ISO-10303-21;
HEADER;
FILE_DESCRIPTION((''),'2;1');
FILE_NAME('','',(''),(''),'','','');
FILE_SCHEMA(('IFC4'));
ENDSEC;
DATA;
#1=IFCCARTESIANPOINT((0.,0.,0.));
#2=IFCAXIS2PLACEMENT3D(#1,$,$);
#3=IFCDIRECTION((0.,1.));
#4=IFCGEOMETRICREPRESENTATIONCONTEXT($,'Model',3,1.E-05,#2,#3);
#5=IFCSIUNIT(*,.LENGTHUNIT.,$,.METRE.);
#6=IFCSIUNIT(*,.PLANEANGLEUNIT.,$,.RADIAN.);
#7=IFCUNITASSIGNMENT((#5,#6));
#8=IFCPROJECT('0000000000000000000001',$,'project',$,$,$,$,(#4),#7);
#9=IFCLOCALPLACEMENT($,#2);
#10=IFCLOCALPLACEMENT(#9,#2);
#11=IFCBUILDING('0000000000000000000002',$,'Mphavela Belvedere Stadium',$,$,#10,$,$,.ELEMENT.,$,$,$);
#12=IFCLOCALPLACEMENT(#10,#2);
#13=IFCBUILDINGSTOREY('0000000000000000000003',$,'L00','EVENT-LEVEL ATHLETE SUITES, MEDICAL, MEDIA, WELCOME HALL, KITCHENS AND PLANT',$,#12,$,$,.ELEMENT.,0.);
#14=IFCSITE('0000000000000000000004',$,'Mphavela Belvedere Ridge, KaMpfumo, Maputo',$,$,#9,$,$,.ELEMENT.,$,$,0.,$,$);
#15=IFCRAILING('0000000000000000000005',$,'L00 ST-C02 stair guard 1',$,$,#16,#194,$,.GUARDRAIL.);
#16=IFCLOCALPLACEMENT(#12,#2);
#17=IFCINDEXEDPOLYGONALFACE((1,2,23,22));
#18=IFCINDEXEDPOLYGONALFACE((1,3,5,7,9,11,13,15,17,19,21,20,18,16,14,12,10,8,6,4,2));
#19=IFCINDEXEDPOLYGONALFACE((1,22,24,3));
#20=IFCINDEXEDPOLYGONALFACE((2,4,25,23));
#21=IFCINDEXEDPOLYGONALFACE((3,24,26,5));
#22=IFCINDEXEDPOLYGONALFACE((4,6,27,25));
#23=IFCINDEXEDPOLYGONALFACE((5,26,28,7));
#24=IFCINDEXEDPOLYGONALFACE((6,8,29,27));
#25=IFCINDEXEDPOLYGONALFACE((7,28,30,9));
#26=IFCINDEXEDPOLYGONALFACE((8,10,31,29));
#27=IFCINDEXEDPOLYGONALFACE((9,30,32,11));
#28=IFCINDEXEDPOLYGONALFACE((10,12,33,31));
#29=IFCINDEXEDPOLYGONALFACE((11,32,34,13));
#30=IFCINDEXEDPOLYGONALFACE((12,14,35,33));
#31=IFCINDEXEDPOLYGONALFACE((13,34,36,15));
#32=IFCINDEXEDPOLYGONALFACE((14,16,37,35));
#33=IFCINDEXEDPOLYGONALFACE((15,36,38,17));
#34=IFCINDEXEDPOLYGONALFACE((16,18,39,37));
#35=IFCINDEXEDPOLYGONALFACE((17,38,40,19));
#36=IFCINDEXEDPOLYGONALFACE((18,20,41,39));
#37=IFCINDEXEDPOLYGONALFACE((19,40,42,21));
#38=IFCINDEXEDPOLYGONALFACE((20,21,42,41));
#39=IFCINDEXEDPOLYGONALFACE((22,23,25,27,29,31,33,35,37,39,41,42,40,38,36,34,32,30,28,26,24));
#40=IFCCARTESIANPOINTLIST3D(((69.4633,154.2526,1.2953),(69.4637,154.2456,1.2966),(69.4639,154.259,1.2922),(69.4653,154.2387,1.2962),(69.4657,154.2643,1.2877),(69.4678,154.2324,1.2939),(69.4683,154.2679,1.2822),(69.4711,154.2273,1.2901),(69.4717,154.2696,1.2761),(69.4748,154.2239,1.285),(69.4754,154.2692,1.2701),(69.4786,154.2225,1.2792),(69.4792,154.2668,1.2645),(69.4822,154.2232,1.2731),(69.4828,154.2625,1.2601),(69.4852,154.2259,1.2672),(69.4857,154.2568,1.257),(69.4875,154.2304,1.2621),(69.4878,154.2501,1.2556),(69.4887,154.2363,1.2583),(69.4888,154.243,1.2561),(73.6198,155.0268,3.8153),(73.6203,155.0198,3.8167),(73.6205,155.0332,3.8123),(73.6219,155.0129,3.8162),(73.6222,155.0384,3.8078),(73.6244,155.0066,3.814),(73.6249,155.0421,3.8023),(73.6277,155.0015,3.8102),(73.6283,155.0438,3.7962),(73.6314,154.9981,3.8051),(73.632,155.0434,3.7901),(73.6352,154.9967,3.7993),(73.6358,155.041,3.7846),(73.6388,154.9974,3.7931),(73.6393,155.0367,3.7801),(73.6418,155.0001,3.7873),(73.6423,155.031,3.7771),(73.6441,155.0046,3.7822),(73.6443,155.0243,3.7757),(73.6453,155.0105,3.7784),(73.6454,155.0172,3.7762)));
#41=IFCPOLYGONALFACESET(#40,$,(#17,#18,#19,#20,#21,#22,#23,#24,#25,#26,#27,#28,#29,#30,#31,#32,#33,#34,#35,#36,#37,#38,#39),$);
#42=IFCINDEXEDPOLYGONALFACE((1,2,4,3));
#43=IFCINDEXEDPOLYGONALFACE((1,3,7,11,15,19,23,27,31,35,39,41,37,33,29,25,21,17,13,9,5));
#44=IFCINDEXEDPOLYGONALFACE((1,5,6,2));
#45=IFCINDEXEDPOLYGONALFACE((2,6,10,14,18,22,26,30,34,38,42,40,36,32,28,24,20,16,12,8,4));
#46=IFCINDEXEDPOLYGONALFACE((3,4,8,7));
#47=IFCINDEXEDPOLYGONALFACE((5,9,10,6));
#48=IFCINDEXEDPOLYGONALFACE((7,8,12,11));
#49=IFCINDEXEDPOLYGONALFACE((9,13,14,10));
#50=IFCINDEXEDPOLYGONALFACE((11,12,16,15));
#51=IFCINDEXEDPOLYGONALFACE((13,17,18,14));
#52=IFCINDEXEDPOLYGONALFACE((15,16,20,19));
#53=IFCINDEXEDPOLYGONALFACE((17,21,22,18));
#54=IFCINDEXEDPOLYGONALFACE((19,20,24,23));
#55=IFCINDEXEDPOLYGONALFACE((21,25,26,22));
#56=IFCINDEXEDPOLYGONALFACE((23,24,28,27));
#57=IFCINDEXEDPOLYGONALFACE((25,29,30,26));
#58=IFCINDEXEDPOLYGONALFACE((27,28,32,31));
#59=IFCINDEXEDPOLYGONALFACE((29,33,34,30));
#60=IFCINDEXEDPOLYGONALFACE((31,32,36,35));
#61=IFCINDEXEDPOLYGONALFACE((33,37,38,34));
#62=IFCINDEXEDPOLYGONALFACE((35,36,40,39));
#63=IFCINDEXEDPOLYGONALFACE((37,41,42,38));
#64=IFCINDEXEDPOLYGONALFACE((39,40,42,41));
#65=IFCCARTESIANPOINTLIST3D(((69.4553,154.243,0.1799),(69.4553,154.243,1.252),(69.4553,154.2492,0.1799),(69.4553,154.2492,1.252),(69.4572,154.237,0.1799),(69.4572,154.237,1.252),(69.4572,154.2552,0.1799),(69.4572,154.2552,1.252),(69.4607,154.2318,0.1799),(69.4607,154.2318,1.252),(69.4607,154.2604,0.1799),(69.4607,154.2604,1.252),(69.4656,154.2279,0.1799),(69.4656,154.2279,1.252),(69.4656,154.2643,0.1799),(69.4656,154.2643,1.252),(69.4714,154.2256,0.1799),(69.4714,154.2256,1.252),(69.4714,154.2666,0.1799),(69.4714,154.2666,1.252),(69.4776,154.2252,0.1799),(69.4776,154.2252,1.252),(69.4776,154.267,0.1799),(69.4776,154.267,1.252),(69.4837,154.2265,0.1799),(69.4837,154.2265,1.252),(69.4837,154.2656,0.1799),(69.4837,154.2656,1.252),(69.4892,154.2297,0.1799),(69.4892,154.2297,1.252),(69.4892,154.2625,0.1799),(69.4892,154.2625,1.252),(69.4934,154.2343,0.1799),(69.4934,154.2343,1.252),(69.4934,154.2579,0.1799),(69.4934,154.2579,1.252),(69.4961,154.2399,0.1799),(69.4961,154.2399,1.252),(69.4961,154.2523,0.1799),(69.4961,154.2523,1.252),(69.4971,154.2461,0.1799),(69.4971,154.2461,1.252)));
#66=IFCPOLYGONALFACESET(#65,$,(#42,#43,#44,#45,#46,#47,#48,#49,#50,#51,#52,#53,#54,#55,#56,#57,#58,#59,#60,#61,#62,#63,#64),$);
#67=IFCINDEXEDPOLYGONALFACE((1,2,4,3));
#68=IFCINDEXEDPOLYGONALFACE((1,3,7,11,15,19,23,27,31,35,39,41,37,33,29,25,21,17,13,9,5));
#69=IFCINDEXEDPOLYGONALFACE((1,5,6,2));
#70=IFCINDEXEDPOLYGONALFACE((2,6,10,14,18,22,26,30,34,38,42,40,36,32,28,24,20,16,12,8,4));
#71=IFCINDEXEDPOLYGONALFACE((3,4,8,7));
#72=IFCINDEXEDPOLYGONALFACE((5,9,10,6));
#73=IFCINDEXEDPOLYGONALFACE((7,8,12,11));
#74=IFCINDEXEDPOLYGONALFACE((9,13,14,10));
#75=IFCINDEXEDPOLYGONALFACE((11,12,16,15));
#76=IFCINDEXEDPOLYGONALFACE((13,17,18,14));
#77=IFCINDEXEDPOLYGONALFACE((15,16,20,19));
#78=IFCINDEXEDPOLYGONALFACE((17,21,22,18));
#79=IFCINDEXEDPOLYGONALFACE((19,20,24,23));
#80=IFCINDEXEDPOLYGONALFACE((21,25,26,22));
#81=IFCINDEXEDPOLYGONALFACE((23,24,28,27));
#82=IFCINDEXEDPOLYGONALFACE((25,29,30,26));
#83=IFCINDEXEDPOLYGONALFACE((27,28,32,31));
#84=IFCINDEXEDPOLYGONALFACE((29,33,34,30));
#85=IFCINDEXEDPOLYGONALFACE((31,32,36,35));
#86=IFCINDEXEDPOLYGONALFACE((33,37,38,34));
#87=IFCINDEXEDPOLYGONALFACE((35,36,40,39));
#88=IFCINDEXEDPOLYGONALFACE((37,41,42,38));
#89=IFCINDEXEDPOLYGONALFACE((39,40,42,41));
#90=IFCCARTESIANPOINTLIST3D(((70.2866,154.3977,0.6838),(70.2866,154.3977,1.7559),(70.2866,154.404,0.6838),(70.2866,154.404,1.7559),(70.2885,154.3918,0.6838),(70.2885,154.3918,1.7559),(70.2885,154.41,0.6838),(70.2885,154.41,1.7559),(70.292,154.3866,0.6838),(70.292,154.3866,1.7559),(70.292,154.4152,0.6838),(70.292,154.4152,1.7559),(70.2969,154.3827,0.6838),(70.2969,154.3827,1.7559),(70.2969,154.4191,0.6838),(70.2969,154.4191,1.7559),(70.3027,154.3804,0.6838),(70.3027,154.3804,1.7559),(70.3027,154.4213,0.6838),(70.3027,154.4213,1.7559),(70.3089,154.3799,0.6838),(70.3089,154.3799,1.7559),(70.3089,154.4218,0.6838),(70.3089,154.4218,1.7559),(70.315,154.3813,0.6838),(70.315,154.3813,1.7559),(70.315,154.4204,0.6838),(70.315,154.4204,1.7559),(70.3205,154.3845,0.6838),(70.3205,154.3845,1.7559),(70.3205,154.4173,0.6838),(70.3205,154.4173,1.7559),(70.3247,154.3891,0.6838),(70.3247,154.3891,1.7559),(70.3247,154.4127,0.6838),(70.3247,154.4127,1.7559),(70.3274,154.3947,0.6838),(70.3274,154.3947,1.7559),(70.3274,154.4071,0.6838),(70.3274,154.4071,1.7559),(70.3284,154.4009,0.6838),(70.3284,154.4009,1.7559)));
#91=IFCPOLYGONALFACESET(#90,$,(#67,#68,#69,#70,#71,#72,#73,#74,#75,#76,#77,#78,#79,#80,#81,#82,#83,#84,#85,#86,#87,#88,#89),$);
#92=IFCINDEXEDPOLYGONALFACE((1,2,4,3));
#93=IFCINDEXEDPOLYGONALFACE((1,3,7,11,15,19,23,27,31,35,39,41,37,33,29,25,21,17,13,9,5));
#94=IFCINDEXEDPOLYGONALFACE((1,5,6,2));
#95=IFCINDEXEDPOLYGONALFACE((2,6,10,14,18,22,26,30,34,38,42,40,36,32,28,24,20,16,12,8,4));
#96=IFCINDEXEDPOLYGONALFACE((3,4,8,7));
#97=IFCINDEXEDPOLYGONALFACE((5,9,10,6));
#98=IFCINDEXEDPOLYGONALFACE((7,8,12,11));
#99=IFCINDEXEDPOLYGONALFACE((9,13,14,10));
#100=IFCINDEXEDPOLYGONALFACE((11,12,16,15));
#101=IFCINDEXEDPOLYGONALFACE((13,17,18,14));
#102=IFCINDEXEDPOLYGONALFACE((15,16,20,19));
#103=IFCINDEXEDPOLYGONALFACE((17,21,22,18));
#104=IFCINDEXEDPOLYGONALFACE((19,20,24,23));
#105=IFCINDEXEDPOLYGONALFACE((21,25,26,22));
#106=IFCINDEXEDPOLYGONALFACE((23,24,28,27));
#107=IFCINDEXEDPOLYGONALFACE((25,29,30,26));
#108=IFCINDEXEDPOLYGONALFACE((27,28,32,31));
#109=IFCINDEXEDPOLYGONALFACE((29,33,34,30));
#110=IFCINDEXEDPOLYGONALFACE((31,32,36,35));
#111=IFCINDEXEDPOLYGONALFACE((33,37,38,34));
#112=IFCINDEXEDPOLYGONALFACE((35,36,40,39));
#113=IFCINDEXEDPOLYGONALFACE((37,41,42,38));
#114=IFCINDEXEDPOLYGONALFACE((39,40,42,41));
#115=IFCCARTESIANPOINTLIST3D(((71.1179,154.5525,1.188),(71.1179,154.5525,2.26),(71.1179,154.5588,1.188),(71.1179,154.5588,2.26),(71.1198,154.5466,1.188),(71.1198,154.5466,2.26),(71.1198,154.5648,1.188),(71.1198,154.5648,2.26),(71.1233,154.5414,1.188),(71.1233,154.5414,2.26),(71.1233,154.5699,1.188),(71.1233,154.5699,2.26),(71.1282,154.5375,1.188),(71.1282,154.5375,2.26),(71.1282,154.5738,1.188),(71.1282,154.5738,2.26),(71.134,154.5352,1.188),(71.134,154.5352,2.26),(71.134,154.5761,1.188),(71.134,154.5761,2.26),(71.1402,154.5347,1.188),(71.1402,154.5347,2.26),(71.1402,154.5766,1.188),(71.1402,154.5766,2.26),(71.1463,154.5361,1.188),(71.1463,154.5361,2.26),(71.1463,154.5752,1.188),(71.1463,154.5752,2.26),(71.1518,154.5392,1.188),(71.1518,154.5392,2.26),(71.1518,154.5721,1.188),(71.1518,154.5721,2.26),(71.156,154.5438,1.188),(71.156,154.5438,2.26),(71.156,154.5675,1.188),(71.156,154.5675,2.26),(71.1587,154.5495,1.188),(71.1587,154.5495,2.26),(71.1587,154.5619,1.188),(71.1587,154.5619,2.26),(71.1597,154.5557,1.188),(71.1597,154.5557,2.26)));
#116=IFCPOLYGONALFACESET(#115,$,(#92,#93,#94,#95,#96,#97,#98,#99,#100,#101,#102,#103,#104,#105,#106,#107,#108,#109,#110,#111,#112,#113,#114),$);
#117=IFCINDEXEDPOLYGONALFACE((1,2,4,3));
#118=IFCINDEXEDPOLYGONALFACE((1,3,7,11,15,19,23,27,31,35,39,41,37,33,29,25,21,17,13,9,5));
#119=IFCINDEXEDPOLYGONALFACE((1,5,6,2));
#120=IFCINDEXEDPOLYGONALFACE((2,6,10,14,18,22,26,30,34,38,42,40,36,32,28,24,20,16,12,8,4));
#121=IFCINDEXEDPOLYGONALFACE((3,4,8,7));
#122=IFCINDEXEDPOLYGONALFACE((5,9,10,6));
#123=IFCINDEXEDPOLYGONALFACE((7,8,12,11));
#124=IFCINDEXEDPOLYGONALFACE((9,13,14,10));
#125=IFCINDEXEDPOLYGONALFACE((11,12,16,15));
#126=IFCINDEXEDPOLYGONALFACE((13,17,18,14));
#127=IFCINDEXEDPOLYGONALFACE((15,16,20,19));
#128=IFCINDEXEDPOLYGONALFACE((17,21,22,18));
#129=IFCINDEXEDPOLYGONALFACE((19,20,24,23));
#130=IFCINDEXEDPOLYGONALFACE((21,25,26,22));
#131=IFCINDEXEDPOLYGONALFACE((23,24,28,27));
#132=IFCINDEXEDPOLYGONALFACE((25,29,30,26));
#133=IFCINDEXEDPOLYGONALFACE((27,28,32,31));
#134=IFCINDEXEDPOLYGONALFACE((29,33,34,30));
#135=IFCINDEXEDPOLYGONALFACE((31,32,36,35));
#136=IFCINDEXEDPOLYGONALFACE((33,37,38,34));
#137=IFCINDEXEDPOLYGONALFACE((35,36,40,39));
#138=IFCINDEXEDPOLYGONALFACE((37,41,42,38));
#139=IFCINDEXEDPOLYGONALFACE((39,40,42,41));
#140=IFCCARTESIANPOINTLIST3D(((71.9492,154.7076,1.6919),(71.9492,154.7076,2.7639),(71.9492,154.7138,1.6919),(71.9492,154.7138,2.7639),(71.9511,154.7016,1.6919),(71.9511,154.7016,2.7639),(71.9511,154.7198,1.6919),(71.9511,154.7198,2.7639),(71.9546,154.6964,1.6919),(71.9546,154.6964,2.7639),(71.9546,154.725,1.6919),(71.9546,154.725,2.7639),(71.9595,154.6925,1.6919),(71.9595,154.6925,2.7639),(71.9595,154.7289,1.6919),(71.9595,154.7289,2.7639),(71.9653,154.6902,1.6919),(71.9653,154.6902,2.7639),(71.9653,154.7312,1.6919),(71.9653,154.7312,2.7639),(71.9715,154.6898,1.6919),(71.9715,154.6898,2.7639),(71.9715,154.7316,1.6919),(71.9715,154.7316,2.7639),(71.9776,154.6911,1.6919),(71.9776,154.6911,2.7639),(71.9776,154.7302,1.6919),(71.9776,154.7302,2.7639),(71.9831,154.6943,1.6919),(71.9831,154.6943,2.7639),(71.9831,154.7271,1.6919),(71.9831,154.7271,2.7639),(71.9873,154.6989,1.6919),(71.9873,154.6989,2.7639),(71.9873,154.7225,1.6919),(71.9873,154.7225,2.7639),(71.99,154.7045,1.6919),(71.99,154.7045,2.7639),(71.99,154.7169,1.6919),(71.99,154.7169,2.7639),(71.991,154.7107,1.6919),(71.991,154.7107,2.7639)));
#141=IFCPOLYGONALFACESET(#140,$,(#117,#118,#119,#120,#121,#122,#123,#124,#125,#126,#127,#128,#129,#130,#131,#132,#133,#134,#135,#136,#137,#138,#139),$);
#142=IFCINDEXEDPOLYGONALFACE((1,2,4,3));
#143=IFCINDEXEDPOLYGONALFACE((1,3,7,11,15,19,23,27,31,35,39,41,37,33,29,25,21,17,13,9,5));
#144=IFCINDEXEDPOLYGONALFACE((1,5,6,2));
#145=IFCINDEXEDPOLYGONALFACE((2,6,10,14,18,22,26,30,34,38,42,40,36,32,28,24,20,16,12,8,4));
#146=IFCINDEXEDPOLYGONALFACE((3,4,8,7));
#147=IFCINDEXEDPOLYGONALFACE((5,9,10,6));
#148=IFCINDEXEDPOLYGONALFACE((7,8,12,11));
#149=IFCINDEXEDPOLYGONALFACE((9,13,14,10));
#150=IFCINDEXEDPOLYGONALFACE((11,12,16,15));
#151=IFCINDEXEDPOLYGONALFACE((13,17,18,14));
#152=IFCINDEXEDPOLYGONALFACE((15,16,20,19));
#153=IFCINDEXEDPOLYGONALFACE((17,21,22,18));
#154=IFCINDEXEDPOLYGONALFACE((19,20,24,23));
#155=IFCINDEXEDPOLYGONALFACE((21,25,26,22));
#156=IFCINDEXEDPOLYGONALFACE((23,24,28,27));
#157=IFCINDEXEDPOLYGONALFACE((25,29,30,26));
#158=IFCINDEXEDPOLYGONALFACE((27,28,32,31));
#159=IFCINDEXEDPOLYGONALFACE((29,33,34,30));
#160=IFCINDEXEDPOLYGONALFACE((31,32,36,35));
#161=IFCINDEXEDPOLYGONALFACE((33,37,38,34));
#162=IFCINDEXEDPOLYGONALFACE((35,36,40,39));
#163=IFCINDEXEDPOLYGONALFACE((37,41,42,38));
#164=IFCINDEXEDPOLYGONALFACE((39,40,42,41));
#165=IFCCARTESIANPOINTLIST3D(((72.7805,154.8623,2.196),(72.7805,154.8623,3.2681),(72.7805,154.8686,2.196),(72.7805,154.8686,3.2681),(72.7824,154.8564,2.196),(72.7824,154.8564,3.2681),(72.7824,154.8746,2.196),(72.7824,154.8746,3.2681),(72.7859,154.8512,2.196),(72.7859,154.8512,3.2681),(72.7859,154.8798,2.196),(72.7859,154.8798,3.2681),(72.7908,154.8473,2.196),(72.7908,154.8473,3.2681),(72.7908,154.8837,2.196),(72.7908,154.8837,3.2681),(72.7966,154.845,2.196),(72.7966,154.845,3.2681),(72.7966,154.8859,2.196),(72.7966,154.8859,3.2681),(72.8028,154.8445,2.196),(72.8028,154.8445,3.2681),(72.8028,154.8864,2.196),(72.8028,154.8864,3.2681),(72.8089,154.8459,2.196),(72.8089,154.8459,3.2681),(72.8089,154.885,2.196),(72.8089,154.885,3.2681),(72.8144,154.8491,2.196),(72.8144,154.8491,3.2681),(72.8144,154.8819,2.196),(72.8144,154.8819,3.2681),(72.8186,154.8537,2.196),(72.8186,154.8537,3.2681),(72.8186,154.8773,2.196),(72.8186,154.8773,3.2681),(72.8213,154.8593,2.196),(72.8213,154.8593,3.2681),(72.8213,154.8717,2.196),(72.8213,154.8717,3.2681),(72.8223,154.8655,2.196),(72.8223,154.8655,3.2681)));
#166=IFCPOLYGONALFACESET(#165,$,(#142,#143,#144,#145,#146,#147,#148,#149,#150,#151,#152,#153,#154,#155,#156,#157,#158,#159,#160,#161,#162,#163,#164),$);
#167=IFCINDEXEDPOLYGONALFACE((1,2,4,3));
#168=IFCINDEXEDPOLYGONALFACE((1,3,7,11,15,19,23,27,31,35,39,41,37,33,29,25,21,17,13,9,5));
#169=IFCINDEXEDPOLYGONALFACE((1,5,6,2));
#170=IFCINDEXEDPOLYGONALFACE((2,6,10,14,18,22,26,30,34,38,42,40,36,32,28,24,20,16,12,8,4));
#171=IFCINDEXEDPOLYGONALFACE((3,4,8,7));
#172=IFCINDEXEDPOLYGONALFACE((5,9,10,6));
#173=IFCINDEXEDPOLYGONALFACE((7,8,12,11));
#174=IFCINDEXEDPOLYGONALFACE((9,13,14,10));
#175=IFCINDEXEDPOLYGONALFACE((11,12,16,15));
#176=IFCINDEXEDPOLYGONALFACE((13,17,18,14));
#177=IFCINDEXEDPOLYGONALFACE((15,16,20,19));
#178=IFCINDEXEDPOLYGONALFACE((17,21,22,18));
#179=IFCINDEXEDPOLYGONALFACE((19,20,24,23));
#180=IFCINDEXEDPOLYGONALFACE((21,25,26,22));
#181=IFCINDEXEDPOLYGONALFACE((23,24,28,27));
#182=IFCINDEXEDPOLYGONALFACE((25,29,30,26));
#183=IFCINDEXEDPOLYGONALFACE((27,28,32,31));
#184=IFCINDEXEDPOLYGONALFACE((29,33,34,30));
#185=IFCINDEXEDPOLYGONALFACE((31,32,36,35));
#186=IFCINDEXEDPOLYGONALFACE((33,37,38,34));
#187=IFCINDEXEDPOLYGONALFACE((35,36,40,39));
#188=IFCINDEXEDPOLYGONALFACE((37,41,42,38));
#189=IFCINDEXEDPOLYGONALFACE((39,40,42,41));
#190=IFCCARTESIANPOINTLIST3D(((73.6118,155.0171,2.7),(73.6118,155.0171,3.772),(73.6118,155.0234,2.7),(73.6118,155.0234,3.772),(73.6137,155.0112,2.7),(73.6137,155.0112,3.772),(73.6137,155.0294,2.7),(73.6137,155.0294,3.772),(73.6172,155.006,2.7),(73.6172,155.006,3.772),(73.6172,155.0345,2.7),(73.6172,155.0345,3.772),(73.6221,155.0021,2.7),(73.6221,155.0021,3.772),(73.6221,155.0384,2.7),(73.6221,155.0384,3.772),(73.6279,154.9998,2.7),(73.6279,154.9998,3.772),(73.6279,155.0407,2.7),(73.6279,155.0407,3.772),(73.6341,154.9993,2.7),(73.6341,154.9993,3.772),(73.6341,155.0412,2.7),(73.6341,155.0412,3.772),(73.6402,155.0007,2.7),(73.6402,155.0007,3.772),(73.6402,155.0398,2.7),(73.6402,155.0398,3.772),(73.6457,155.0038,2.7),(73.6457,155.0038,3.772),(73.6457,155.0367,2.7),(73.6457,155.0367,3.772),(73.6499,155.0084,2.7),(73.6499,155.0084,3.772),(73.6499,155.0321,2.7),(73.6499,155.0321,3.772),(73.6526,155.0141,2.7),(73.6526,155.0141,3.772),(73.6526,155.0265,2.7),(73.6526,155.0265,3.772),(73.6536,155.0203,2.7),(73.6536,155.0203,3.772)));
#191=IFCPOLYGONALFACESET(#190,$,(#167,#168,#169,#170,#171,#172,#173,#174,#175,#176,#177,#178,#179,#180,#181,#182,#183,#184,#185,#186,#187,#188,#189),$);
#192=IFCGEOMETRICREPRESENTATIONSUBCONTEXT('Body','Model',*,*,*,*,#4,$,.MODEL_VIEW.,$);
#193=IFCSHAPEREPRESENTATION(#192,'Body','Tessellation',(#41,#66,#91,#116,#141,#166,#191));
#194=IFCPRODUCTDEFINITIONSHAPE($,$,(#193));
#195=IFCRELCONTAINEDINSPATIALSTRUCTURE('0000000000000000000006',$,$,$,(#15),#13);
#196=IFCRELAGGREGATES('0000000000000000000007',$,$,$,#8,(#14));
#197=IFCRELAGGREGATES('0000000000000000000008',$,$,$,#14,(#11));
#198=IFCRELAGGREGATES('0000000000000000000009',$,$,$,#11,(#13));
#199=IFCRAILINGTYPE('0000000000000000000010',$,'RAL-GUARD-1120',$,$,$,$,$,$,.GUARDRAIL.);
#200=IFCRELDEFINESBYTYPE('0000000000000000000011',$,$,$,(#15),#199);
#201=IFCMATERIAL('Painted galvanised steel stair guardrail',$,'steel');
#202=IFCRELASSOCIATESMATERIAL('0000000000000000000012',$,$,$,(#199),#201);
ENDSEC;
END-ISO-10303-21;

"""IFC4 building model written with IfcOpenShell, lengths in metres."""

from ifc_helpers import new_model, si_unit, direction, frame, origin, origin_2d, place, context, subcontext, project, spatial, circle, extrude, material, type_object, element, save


model = new_model("IFC4")

# Units and contexts
model_context = context("Model", 3, precision=1e-05, world=origin(), true_north=direction((0.0, 1.0)))
body_context = subcontext(model_context, "Body", "Model", "MODEL_VIEW")
ifc_project = project(units=[si_unit("LENGTHUNIT", "METRE"), si_unit("PLANEANGLEUNIT", "RADIAN")], contexts=[model_context])

# Site, building, storey
site_placement = place(None, origin())
site = spatial("IfcSite", under=ifc_project, at=site_placement, Name="Mphavela Belvedere Ridge, KaMpfumo, Maputo", CompositionType="ELEMENT", RefElevation=0.0)
building_placement = place(site_placement, origin())
building = spatial("IfcBuilding", under=site, at=building_placement, Name="Mphavela Belvedere Stadium", CompositionType="ELEMENT")
storey_placement = place(building_placement, origin())
storey = spatial("IfcBuildingStorey", under=building, at=storey_placement, Name="L00", Description="EVENT-LEVEL ATHLETE SUITES, MEDICAL, MEDIA, WELCOME HALL, KITCHENS AND PLANT", CompositionType="ELEMENT", Elevation=0.0)

# Railing
ifc_material_1 = material(Name="Painted galvanised steel stair guardrail", Category="steel")
railing_type_1 = type_object("IfcRailingType", Name="RAL-GUARD-1120", PredefinedType="GUARDRAIL", material=ifc_material_1)
railing_1_placement = place(storey_placement, frame((69.4761, 154.2461, 0.1799)))
element("IfcRailing", 1, at=railing_1_placement, inside=storey, type_object=railing_type_1, Name="L00 ST-C02 stair guard 1", PredefinedType="GUARDRAIL", context=body_context, shape_type="SweptSolid", body=[
    extrude(circle(Radius=0.0239, at=origin_2d()), frame((0.0, 0.0, 1.0962), z_axis=(0.844469, 0.157287, 0.511989), x_axis=(-0.183107, 0.983093, 0.0)), (0.0, 0.0, 1.0), 4.9221),
    extrude(circle(Radius=0.021, at=origin_2d()), origin(), (0.0, 0.0, 1.0), 1.072),
    extrude(circle(Radius=0.021, at=origin_2d()), frame((0.8313, 0.1548, 0.5039)), (0.0, 0.0, 1.0), 1.072),
    extrude(circle(Radius=0.021, at=origin_2d()), frame((1.6626, 0.3096, 1.0081)), (0.0, 0.0, 1.0), 1.072),
    extrude(circle(Radius=0.021, at=origin_2d()), frame((2.4939, 0.4646, 1.512)), (0.0, 0.0, 1.0), 1.072),
    extrude(circle(Radius=0.021, at=origin_2d()), frame((3.3252, 0.6194, 2.0161)), (0.0, 0.0, 1.0), 1.072),
    extrude(circle(Radius=0.021, at=origin_2d()), frame((4.1565, 0.7742, 2.52)), (0.0, 0.0, 1.0), 1.072),
])

save(model, "model.ifc")
